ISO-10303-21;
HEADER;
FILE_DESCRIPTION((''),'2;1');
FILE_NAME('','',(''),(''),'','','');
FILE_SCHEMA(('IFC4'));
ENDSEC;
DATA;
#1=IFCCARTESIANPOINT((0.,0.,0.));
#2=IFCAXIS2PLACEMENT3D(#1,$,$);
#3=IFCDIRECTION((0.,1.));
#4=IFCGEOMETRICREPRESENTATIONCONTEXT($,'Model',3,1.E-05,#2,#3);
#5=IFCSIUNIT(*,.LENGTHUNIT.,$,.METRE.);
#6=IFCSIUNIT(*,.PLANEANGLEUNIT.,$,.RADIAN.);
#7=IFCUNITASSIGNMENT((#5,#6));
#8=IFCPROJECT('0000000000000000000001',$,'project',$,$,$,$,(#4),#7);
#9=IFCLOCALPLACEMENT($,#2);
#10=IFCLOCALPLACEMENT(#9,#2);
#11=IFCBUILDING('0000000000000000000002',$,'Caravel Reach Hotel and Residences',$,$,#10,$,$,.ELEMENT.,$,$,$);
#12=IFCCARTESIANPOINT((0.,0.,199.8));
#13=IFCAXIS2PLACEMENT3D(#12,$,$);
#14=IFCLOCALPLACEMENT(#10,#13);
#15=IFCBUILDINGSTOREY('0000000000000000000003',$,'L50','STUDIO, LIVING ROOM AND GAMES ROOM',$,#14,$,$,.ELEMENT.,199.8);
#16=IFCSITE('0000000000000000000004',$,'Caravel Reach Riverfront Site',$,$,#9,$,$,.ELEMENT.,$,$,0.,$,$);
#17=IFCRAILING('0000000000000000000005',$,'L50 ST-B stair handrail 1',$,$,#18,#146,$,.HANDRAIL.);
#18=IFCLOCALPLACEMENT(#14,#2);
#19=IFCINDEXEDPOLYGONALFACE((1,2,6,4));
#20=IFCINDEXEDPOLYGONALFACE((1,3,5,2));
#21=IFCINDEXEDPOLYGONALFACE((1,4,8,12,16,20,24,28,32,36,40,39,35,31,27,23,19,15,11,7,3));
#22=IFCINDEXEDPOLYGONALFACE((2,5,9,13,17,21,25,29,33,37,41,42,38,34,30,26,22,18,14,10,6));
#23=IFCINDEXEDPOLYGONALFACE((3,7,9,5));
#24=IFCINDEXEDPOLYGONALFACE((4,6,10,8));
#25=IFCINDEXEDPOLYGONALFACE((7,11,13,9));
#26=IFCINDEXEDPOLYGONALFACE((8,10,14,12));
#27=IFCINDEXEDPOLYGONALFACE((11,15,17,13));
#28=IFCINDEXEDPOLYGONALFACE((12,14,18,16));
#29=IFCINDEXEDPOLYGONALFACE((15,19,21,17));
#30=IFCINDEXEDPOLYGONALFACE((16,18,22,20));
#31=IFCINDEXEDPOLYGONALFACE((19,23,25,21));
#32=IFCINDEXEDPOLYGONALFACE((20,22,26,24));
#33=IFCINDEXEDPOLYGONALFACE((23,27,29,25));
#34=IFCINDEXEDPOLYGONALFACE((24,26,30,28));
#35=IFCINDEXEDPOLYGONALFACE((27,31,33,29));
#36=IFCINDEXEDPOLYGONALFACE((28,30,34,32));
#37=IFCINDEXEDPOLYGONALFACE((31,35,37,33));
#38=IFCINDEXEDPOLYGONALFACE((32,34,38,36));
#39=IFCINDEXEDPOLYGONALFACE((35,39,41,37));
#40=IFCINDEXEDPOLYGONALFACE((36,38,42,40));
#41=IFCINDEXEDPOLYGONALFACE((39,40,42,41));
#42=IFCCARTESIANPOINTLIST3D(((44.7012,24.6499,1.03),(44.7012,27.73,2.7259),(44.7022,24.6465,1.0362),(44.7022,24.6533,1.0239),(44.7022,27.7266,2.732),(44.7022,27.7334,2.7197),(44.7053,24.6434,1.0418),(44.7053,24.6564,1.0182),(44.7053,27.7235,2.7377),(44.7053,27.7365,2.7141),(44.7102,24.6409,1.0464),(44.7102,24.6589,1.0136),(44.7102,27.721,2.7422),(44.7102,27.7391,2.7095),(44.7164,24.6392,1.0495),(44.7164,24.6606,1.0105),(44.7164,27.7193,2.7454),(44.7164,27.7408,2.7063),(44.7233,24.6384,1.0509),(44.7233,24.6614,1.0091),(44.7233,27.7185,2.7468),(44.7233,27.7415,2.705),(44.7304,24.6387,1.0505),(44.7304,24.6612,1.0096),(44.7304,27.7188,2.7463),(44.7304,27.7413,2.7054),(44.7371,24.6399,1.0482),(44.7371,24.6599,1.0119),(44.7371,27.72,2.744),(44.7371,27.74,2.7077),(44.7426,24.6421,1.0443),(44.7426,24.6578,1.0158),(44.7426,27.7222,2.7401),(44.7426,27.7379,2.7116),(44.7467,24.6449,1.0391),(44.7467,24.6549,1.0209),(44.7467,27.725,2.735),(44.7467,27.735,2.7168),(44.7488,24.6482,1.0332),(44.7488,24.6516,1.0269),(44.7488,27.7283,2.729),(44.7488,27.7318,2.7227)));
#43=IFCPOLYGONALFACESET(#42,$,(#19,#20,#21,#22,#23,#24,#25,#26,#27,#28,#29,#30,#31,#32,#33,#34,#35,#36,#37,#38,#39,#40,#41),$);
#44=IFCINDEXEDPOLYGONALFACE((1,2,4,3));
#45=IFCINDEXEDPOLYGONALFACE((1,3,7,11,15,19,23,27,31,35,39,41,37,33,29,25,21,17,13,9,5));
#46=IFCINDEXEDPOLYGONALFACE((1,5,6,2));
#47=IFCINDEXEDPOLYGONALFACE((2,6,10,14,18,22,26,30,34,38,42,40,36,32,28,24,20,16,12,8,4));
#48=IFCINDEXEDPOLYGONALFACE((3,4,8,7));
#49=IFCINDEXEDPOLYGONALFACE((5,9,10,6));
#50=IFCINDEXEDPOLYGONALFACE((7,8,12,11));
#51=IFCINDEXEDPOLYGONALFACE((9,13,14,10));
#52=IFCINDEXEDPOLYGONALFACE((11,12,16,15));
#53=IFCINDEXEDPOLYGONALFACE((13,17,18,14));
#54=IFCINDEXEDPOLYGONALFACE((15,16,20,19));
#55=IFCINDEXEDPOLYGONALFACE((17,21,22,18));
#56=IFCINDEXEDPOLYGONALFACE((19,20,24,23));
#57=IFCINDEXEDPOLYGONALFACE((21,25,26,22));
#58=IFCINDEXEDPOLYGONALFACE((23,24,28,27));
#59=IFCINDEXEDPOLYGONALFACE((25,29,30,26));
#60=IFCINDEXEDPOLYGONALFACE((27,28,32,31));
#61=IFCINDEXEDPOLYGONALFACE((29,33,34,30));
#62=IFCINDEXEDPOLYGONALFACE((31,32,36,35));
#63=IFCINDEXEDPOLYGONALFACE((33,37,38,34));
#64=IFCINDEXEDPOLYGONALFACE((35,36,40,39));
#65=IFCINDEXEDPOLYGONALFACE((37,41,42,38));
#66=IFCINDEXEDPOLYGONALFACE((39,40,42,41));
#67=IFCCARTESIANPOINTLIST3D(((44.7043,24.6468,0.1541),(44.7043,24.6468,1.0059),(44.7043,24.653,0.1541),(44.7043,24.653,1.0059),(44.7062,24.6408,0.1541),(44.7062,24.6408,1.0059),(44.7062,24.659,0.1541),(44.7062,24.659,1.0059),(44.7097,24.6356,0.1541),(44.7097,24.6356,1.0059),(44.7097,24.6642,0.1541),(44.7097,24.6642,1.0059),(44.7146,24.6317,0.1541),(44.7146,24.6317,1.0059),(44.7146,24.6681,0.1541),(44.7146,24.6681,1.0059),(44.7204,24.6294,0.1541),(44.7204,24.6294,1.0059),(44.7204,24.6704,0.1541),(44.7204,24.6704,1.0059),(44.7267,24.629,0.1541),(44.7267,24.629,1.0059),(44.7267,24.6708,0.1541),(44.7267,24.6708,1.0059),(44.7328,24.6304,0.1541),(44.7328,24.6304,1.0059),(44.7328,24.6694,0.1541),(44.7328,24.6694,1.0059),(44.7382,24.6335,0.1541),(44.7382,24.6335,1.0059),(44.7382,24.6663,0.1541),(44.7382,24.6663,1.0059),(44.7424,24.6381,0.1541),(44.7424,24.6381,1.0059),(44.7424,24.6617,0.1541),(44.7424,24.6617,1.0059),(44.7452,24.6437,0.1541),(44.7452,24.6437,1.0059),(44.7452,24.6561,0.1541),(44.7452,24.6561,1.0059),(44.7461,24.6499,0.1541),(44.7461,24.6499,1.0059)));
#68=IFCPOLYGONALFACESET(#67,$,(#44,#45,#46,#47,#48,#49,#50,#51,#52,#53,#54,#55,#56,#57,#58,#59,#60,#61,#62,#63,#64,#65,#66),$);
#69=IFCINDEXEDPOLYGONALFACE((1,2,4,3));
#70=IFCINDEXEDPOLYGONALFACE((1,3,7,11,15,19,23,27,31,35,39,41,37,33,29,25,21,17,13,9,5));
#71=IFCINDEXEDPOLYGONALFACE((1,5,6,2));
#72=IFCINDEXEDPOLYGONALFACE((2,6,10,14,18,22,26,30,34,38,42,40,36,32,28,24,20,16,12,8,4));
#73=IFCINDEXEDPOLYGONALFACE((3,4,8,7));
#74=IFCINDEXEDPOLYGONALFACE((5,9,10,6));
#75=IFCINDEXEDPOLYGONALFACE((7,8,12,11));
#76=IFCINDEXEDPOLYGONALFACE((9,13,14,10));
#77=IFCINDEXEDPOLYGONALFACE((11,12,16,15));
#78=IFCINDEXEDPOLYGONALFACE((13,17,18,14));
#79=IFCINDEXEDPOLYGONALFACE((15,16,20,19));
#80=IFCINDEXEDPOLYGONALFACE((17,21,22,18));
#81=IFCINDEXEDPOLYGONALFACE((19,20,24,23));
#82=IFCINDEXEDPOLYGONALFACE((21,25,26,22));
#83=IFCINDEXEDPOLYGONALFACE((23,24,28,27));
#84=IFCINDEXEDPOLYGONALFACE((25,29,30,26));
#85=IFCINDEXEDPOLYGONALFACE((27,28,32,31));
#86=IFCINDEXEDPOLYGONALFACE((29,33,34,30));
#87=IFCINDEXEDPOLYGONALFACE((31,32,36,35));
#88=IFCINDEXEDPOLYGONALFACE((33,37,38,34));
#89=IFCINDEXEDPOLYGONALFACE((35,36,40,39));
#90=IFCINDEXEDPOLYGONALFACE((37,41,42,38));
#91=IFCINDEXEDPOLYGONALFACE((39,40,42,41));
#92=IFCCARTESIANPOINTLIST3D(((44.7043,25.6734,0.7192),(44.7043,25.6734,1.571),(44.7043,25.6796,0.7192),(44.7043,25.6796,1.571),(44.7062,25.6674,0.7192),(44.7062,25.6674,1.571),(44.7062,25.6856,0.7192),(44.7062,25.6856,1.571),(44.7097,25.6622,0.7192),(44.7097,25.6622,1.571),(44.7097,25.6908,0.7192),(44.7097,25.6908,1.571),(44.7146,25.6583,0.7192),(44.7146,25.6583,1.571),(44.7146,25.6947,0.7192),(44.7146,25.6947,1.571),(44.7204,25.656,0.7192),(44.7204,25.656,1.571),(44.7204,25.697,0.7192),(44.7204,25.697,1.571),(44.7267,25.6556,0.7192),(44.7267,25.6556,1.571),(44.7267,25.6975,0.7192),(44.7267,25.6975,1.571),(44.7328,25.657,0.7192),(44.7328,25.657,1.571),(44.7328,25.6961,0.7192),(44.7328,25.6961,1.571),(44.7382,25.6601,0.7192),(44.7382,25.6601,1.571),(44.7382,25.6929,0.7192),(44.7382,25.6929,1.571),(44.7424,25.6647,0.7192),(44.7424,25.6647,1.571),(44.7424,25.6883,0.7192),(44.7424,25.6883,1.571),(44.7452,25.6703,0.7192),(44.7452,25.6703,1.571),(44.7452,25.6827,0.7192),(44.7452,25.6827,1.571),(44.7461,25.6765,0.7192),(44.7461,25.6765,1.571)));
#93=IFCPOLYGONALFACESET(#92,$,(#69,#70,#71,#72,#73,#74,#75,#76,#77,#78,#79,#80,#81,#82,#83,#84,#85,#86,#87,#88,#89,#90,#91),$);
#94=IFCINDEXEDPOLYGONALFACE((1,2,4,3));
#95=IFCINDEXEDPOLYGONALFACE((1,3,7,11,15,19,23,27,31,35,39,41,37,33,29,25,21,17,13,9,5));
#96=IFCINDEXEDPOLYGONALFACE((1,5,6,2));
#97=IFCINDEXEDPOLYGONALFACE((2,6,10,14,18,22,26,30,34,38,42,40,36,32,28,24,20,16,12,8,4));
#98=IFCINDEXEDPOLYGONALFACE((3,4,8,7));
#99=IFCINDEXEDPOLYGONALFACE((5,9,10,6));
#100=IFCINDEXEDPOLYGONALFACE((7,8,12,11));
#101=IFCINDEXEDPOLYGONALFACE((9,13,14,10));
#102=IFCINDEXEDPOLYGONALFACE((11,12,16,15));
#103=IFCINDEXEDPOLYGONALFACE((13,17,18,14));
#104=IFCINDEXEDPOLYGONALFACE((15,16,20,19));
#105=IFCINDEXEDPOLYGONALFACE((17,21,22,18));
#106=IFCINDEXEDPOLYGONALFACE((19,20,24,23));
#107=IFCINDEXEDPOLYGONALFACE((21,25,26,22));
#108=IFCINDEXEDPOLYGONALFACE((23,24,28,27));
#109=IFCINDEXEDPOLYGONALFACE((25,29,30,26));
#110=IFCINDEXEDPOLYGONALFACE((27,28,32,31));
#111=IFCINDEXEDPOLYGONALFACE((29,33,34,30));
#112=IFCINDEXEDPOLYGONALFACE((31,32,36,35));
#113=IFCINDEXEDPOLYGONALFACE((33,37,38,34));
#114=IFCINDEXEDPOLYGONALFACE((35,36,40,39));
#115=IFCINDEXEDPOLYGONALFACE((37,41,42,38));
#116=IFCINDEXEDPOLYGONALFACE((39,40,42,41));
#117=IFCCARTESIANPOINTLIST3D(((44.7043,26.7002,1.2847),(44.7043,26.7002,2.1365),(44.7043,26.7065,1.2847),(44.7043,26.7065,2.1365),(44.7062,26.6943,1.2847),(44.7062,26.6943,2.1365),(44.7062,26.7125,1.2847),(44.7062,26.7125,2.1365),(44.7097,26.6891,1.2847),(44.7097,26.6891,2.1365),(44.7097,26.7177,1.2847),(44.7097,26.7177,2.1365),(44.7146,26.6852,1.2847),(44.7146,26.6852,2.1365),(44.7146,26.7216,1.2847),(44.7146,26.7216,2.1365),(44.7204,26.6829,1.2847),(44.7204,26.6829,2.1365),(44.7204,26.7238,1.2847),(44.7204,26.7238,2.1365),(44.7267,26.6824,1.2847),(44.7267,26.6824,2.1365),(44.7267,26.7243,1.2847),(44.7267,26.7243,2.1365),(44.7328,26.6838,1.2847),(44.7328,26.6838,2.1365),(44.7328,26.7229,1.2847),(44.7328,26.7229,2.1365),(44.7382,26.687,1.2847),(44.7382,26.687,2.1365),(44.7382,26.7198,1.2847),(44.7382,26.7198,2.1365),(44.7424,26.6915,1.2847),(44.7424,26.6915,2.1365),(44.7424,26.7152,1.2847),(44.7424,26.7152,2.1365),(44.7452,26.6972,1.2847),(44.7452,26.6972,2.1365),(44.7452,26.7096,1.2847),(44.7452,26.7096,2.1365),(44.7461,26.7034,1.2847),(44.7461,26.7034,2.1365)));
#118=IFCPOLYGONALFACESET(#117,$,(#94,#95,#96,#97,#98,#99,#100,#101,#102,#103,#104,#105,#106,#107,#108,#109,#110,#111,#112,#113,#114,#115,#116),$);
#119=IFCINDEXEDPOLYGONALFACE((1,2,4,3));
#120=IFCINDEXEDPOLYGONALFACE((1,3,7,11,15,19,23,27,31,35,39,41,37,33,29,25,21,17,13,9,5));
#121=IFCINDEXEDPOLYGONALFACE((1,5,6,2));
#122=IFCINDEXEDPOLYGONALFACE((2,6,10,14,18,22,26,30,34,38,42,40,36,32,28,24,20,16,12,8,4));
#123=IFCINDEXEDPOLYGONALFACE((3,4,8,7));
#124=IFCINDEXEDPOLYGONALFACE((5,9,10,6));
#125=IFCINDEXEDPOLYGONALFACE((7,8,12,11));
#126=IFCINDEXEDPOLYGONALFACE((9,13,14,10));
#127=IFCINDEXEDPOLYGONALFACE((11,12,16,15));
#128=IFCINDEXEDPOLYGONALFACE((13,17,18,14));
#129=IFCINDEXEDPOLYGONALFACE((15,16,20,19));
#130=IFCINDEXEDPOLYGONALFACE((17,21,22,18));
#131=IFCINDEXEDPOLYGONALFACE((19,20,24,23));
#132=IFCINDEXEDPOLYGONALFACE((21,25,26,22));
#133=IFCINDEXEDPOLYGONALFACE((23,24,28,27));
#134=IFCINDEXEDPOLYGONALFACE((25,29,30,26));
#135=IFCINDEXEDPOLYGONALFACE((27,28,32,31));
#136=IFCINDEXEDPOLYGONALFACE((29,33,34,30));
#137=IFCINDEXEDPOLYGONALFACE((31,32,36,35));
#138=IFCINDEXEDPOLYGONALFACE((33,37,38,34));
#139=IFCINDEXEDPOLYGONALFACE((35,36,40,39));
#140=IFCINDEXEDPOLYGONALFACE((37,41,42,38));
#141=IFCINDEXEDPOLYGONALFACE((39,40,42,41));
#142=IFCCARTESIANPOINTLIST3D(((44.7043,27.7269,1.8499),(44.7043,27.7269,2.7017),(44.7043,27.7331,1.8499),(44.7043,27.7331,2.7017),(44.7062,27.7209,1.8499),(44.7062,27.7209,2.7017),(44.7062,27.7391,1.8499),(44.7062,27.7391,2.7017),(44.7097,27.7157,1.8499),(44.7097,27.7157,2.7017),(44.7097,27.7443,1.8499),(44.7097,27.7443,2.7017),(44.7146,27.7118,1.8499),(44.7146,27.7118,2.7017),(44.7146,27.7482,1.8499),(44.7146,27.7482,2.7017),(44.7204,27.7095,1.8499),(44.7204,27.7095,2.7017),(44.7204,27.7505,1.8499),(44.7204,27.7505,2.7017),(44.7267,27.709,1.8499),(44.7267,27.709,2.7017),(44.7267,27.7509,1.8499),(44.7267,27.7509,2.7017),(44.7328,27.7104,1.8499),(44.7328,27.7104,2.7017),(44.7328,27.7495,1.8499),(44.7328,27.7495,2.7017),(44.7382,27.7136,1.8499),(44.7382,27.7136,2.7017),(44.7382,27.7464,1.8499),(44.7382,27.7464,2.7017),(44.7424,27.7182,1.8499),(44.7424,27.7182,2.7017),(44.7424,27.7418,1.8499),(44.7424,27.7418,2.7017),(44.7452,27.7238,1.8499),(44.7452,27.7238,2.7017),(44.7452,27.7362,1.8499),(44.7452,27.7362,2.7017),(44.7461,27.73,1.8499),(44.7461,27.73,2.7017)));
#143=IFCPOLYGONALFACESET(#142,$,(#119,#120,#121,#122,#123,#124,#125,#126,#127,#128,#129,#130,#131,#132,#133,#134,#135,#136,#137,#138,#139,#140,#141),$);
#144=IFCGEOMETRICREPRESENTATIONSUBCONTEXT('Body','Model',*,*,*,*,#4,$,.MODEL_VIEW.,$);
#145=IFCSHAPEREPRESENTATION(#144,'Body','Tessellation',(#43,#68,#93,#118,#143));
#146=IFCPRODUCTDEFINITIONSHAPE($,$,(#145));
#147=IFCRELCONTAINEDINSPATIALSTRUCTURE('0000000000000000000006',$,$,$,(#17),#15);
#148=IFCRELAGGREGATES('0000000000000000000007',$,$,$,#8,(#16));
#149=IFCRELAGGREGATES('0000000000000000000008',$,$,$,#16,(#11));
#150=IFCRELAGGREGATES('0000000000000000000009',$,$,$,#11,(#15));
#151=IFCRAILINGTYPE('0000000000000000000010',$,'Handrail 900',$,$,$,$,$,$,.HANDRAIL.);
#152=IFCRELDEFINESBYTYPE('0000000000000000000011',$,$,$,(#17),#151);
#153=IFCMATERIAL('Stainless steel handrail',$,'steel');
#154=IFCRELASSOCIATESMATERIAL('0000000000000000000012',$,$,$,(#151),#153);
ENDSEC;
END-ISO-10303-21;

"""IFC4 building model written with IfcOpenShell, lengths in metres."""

from ifc_helpers import new_model, si_unit, direction, frame, origin, origin_2d, place, context, subcontext, project, spatial, circle, extrude, material, type_object, element, save


model = new_model("IFC4")

# Units and contexts
model_context = context("Model", 3, precision=1e-05, world=origin(), true_north=direction((0.0, 1.0)))
body_context = subcontext(model_context, "Body", "Model", "MODEL_VIEW")
ifc_project = project(units=[si_unit("LENGTHUNIT", "METRE"), si_unit("PLANEANGLEUNIT", "RADIAN")], contexts=[model_context])

# Site, building, storey
site_placement = place(None, origin())
site = spatial("IfcSite", under=ifc_project, at=site_placement, Name="Caravel Reach Riverfront Site", CompositionType="ELEMENT", RefElevation=0.0)
building_placement = place(site_placement, origin())
building = spatial("IfcBuilding", under=site, at=building_placement, Name="Caravel Reach Hotel and Residences", CompositionType="ELEMENT")
storey_placement = place(building_placement, frame((0.0, 0.0, 199.8)))
storey = spatial("IfcBuildingStorey", under=building, at=storey_placement, Name="L50", Description="STUDIO, LIVING ROOM AND GAMES ROOM", CompositionType="ELEMENT", Elevation=199.8)

# Railing
ifc_material_1 = material(Name="Stainless steel handrail", Category="steel")
railing_type_1 = type_object("IfcRailingType", Name="Handrail 900", PredefinedType="HANDRAIL", material=ifc_material_1)
railing_1_placement = place(storey_placement, frame((44.7251, 24.6499, 0.1541)))
element("IfcRailing", 1, at=railing_1_placement, inside=storey, type_object=railing_type_1, Name="L50 ST-B stair handrail 1", PredefinedType="HANDRAIL", context=body_context, shape_type="SweptSolid", body=[
    extrude(circle(Radius=0.0239, at=origin_2d()), frame((0.0, 0.0, 0.876), z_axis=(0.0, 0.876005, 0.482303), x_axis=(-1.0, 0.0, 0.0)), (0.0, 0.0, 1.0), 3.5161),
    extrude(circle(Radius=0.021, at=origin_2d()), origin(), (0.0, 0.0, 1.0), 0.8518),
    extrude(circle(Radius=0.021, at=origin_2d()), frame((0.0, 1.0266, 0.5652)), (0.0, 0.0, 1.0), 0.8518),
    extrude(circle(Radius=0.021, at=origin_2d()), frame((0.0, 2.0535, 1.1306)), (0.0, 0.0, 1.0), 0.8518),
    extrude(circle(Radius=0.021, at=origin_2d()), frame((0.0, 3.0801, 1.6958)), (0.0, 0.0, 1.0), 0.8518),
])

save(model, "model.ifc")
